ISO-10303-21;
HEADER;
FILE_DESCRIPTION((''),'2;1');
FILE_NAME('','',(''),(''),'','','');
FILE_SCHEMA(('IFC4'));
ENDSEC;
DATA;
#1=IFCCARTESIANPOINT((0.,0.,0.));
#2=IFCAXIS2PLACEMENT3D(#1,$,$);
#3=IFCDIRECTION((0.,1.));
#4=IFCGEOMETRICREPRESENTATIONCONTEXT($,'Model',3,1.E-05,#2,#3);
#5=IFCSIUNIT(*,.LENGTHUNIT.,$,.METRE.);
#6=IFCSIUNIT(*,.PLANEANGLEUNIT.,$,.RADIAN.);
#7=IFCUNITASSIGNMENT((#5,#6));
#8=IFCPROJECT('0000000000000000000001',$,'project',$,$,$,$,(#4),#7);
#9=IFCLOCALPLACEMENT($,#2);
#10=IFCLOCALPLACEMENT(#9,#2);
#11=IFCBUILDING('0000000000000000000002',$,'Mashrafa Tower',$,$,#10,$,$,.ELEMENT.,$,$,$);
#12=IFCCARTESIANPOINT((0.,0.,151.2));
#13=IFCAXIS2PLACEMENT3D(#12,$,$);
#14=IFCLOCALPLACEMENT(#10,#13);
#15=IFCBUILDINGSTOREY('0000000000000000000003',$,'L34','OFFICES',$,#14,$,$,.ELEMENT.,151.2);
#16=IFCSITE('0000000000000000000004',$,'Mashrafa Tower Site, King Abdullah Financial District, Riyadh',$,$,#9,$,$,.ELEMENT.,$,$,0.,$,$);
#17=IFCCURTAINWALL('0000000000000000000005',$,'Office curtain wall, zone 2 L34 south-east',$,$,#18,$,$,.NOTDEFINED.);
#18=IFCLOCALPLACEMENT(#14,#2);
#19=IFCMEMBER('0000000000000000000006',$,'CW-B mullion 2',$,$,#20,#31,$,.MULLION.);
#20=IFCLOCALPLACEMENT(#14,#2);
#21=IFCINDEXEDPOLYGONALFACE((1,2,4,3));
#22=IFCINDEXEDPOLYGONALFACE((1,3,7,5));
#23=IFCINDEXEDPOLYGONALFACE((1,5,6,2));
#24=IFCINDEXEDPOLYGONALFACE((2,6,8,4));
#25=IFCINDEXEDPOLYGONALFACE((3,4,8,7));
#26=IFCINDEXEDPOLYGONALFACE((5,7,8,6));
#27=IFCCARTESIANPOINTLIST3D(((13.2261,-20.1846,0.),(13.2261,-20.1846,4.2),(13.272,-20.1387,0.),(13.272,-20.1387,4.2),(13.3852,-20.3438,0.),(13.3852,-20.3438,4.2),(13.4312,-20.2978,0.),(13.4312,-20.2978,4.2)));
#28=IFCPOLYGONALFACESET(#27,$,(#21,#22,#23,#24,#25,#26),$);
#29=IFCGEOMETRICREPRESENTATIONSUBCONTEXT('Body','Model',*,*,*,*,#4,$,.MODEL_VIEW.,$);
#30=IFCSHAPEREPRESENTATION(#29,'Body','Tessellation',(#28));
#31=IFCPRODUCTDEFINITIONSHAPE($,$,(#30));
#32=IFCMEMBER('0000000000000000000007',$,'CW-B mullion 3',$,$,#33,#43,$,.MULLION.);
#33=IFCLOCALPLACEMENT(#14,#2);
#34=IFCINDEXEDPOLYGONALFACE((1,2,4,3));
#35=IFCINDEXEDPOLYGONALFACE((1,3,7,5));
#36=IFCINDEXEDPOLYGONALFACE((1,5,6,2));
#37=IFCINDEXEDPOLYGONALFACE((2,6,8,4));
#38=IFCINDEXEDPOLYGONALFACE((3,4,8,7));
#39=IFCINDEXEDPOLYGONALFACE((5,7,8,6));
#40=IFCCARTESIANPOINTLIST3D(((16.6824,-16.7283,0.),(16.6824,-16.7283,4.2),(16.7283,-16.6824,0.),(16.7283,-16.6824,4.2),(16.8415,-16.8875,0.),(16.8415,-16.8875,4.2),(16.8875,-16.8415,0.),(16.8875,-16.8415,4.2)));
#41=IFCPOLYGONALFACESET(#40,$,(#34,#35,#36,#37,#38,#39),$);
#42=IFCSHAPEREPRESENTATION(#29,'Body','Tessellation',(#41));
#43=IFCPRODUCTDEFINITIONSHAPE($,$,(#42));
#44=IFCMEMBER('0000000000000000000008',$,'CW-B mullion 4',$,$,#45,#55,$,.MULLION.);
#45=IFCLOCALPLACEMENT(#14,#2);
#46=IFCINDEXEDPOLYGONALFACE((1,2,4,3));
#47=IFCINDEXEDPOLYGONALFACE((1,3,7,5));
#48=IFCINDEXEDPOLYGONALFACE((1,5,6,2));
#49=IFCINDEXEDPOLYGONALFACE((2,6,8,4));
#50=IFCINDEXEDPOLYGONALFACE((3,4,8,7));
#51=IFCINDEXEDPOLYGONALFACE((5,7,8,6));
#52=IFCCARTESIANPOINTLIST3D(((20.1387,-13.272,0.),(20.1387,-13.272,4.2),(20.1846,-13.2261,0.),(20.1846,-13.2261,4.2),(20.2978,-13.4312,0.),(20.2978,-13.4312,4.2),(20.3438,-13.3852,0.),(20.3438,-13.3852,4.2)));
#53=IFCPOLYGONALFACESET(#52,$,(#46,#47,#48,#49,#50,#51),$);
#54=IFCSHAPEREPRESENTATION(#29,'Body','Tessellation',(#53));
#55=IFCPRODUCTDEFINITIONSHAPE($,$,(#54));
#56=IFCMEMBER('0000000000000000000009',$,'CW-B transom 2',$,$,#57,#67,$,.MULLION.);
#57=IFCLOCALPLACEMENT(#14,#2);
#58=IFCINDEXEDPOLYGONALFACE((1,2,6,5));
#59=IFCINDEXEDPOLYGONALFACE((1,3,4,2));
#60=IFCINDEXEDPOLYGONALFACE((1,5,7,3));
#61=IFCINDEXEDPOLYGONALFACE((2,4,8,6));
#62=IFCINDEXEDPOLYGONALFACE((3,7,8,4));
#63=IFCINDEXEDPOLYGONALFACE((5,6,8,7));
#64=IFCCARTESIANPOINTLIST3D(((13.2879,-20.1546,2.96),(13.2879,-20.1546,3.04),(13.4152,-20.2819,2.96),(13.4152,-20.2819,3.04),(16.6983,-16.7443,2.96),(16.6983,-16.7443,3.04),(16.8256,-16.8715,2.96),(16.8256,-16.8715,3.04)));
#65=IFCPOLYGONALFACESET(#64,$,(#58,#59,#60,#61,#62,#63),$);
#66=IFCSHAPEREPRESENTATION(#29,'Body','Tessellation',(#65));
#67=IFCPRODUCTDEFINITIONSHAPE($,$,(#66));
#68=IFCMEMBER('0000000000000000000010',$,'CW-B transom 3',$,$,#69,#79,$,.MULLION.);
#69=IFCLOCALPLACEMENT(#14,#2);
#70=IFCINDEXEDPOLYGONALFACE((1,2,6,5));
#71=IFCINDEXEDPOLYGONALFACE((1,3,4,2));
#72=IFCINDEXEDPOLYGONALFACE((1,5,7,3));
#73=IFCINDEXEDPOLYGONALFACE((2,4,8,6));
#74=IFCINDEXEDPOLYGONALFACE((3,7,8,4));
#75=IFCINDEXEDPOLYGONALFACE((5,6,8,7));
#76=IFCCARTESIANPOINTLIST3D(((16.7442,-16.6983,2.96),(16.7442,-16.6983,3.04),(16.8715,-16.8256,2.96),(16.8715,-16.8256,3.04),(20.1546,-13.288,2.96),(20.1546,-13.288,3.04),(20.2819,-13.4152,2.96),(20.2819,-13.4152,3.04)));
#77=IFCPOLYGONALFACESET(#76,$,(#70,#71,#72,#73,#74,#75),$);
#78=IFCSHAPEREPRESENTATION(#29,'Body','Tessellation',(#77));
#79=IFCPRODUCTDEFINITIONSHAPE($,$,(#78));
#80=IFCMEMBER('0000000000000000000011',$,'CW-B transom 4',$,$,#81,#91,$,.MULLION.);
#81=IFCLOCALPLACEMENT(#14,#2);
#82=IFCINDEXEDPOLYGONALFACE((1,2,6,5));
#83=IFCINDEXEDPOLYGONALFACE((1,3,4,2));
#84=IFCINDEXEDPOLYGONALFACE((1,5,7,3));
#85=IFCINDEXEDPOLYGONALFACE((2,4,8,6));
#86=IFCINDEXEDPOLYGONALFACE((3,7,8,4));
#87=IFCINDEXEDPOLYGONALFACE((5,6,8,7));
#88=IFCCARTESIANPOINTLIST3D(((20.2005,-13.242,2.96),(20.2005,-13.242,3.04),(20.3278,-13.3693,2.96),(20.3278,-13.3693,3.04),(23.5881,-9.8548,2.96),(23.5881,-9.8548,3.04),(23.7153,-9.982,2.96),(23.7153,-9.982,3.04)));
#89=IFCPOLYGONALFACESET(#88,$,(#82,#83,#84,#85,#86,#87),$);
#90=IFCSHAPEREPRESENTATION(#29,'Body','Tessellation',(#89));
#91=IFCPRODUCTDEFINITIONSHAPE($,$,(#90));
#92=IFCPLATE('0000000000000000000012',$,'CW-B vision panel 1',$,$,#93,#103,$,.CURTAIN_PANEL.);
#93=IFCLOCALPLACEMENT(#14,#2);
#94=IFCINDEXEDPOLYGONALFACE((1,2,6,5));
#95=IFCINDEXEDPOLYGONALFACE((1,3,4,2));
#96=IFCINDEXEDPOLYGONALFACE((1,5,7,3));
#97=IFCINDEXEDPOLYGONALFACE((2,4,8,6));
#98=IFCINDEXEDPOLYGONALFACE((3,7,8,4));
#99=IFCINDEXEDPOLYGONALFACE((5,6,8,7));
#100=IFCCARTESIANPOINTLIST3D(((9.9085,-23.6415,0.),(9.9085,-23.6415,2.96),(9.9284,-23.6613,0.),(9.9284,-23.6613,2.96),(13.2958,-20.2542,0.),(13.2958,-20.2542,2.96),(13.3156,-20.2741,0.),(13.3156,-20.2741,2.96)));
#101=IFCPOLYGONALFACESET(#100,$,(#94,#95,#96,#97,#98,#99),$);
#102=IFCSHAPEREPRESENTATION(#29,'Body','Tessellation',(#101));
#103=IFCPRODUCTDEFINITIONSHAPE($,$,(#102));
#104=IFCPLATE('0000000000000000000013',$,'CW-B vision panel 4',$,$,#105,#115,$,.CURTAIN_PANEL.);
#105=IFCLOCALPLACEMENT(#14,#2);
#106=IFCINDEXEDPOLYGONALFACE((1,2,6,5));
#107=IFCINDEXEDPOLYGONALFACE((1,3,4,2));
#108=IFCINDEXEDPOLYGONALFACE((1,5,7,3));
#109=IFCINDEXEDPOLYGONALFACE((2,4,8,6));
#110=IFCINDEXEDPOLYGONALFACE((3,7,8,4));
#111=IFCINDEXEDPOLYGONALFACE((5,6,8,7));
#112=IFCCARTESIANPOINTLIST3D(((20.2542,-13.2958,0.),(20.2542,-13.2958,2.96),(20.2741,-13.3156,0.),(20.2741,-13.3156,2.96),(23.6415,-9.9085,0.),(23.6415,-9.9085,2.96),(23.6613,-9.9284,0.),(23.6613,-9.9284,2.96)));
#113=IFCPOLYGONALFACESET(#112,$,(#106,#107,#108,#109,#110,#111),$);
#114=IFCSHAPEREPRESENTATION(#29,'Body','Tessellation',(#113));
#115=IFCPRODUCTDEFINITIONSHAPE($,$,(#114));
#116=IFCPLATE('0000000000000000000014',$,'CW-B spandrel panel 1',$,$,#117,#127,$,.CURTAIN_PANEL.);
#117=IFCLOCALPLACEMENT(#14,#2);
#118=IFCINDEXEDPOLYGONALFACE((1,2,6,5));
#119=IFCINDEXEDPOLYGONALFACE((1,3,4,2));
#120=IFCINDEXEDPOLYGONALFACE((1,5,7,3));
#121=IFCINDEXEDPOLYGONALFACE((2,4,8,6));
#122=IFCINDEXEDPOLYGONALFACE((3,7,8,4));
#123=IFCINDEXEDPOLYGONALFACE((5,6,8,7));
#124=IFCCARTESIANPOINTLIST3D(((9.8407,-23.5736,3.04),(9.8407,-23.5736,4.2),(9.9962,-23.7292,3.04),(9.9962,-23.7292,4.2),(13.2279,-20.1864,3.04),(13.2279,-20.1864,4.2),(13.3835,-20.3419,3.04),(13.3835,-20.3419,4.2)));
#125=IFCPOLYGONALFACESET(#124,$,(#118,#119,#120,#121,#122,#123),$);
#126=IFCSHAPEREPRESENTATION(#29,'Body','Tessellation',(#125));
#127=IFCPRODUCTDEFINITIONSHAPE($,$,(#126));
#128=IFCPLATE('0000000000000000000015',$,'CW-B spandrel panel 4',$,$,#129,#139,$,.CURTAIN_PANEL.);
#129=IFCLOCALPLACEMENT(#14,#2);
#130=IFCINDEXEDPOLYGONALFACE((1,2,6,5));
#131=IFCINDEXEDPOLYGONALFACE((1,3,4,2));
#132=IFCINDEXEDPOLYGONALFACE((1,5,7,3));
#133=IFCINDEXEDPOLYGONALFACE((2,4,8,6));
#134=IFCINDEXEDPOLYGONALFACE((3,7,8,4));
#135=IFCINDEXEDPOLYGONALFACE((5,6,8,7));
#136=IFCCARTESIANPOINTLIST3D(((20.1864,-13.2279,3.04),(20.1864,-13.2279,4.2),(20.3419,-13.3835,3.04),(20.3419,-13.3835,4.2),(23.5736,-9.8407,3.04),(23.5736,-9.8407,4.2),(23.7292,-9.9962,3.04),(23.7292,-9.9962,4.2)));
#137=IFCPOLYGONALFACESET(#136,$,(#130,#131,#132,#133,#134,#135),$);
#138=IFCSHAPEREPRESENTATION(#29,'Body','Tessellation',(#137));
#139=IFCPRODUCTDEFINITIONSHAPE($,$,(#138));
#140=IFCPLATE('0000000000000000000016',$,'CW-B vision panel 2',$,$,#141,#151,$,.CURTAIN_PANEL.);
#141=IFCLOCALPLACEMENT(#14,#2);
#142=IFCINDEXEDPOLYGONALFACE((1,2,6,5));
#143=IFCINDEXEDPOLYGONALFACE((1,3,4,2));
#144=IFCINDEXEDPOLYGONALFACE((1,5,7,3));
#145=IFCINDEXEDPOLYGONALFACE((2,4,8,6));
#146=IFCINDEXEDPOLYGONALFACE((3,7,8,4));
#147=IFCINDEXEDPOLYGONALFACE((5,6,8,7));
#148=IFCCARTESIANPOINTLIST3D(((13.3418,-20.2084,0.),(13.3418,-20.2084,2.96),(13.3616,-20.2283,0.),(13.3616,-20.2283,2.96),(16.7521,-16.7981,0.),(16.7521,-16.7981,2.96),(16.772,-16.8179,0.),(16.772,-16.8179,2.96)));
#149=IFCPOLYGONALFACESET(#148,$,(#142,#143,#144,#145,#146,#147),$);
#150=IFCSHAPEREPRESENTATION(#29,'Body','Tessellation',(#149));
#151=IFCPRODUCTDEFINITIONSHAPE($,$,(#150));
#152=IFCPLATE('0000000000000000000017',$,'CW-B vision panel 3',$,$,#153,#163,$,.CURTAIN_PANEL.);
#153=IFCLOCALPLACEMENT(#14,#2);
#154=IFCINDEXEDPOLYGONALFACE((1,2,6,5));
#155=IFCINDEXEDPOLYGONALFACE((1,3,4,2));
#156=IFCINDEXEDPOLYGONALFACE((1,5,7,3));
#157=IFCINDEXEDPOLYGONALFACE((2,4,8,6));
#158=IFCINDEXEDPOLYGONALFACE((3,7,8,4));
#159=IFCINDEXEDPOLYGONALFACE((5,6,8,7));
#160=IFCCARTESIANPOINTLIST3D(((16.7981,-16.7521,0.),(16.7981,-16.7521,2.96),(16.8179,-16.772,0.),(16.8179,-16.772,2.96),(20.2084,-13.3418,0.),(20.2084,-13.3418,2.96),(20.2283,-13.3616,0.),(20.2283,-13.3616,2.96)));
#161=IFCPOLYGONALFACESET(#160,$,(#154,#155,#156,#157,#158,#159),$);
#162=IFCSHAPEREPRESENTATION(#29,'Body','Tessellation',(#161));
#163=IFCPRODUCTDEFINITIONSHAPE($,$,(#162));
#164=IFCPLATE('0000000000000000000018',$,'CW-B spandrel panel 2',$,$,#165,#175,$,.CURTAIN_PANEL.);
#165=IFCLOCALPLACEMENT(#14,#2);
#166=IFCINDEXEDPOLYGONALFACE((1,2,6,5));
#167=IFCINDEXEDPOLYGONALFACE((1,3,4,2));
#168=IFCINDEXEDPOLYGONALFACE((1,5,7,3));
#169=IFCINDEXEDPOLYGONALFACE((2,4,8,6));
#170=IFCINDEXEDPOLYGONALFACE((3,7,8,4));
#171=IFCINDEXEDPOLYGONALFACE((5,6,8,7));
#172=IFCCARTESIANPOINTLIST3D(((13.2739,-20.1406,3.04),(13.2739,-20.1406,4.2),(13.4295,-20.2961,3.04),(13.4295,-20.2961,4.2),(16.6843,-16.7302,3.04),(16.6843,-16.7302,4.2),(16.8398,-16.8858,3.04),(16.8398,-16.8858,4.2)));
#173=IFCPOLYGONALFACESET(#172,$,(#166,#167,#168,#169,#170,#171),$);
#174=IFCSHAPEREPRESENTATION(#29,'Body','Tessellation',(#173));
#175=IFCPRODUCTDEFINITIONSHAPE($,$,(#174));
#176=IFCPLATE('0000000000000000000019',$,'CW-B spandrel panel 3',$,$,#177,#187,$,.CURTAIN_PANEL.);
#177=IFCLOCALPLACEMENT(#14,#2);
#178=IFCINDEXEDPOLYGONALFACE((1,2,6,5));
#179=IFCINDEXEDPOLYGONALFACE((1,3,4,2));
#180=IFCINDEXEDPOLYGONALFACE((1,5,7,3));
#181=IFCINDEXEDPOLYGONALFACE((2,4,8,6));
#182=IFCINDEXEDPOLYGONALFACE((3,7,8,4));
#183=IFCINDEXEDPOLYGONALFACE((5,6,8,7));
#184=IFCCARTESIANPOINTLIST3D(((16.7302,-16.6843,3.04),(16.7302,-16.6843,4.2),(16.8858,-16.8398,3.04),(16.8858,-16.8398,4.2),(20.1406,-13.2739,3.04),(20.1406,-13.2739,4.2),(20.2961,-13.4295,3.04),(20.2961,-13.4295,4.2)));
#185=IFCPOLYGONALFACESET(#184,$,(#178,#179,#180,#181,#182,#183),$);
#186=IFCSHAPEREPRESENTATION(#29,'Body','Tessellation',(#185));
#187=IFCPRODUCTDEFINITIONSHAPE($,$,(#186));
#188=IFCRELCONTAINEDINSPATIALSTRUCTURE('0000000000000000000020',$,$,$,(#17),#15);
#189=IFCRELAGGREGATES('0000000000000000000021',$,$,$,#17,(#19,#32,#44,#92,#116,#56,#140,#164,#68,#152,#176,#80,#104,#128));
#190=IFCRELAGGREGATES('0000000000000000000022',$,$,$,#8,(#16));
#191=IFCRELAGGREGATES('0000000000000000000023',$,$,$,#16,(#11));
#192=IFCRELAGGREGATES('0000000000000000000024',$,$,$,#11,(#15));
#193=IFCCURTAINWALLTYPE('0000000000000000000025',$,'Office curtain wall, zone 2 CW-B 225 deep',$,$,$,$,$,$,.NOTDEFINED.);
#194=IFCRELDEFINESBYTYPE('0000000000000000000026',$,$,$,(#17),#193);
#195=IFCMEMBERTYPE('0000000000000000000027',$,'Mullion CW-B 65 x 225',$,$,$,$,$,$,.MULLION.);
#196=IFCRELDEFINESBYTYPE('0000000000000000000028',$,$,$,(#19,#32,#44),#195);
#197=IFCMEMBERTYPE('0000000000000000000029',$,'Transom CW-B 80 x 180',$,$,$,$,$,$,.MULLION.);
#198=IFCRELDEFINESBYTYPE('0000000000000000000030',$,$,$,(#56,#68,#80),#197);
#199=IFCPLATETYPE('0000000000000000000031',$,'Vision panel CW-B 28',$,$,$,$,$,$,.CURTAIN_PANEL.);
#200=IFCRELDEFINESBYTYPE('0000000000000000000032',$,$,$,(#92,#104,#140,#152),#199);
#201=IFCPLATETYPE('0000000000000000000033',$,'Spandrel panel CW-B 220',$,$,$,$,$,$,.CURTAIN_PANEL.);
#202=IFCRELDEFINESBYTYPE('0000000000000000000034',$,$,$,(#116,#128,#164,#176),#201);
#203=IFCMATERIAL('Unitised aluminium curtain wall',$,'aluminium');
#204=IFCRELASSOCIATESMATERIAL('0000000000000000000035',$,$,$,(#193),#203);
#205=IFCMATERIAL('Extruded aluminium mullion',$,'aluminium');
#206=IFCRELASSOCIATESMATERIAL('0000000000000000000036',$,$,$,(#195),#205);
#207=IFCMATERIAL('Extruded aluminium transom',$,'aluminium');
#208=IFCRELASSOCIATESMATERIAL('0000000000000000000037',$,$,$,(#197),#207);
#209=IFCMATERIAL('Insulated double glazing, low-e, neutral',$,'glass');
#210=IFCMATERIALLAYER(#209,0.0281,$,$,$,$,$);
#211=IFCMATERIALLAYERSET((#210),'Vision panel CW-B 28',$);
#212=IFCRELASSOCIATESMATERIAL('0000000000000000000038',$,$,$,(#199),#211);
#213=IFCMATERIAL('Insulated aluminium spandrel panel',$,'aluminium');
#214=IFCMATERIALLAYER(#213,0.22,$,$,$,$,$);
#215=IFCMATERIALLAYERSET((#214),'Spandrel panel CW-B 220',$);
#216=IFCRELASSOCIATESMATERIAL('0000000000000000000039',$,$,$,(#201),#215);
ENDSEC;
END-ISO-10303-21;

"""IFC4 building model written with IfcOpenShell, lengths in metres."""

from ifc_helpers import new_model, si_unit, direction, frame, origin, origin_2d, place, context, subcontext, project, spatial, rectangle, extrude, source, transform, mapped, material, layer, layer_set, material_profile, profile_set, type_object, type_shapes, element, aggregate, save


model = new_model("IFC4")

# Units and contexts
model_context = context("Model", 3, precision=1e-05, world=origin(), true_north=direction((0.0, 1.0)))
body_context = subcontext(model_context, "Body", "Model", "MODEL_VIEW")
ifc_project = project(units=[si_unit("LENGTHUNIT", "METRE"), si_unit("PLANEANGLEUNIT", "RADIAN")], contexts=[model_context])

# Site, building, storey
site_placement = place(None, origin())
site = spatial("IfcSite", under=ifc_project, at=site_placement, Name="Mashrafa Tower Site, King Abdullah Financial District, Riyadh", CompositionType="ELEMENT", RefElevation=0.0)
building_placement = place(site_placement, origin())
building = spatial("IfcBuilding", under=site, at=building_placement, Name="Mashrafa Tower", CompositionType="ELEMENT")
storey_placement = place(building_placement, frame((0.0, 0.0, 151.2)))
storey = spatial("IfcBuildingStorey", under=building, at=storey_placement, Name="L34", Description="OFFICES", CompositionType="ELEMENT", Elevation=151.2)

# Curtain wall, members, plates
ifc_material_1 = material(Name="Unitised aluminium curtain wall", Category="aluminium")
curtain_wall_type = type_object("IfcCurtainWallType", Name="Office curtain wall, zone 2 CW-B 225 deep", PredefinedType="NOTDEFINED", material=ifc_material_1)
curtain_wall_placement = place(storey_placement, origin())
curtain_wall = element("IfcCurtainWall", 1, at=curtain_wall_placement, inside=storey, type_object=curtain_wall_type, Name="Office curtain wall, zone 2 L34 south-east", PredefinedType="NOTDEFINED")
ifc_material_2 = material(Name="Extruded aluminium mullion", Category="aluminium")
ifc_material_profile_1 = material_profile(ifc_material_2, rectangle(XDim=0.2251, YDim=0.0649, at=origin_2d()), Name="Mullion 65x225")
ifc_profile_set_1 = profile_set([ifc_material_profile_1], Name="Extruded aluminium mullion")
member_type_1 = type_object("IfcMemberType", Name="Mullion CW-B 65 x 225", PredefinedType="MULLION", material=ifc_profile_set_1)
shared_shape_1 = source(origin(), body_context, "Body", "SweptSolid", [
    extrude(rectangle(XDim=0.2251, YDim=0.0649, at=origin_2d()), origin(), (0.0, 0.0, 1.0), 4.2),
])
type_shapes(member_type_1, [shared_shape_1])
member_1_placement = place(storey_placement, frame((13.3286, -20.2412, 0.0), z_axis=(0.0, 0.0, 1.0), x_axis=(-0.707107, 0.707107, 0.0)))
member_1 = element("IfcMember", 2, at=member_1_placement, type_object=member_type_1, Name="CW-B mullion 2", PredefinedType="MULLION", context=body_context, shape_type="MappedRepresentation", body=[
    mapped(shared_shape_1, transform((0.0, 0.0, 0.0))),
])
member_2_placement = place(storey_placement, frame((16.7849, -16.7849, 0.0), z_axis=(0.0, 0.0, 1.0), x_axis=(-0.707107, 0.707107, 0.0)))
member_2 = element("IfcMember", 3, at=member_2_placement, type_object=member_type_1, Name="CW-B mullion 3", PredefinedType="MULLION", context=body_context, shape_type="MappedRepresentation", body=[
    mapped(shared_shape_1, transform((0.0, 0.0, 0.0))),
])
member_3_placement = place(storey_placement, frame((20.2412, -13.3286, 0.0), z_axis=(0.0, 0.0, 1.0), x_axis=(-0.707107, 0.707107, 0.0)))
member_3 = element("IfcMember", 4, at=member_3_placement, type_object=member_type_1, Name="CW-B mullion 4", PredefinedType="MULLION", context=body_context, shape_type="MappedRepresentation", body=[
    mapped(shared_shape_1, transform((0.0, 0.0, 0.0))),
])
ifc_material_3 = material(Name="Extruded aluminium transom", Category="aluminium")
ifc_material_profile_2 = material_profile(ifc_material_3, rectangle(XDim=0.1799, YDim=0.0801, at=origin_2d()), Name="Transom 80x180")
ifc_profile_set_2 = profile_set([ifc_material_profile_2], Name="Extruded aluminium transom")
member_type_2 = type_object("IfcMemberType", Name="Transom CW-B 80 x 180", PredefinedType="MULLION", material=ifc_profile_set_2)
shared_shape_2 = source(origin(), body_context, "Body", "SweptSolid", [
    extrude(rectangle(XDim=0.1799, YDim=0.0801, at=origin_2d()), origin(), (0.0, 0.0, 1.0), 4.823),
])
member_4_placement = place(storey_placement, frame((13.3516, -20.2183, 3.0), z_axis=(0.707107, 0.707107, 0.0), x_axis=(-0.707107, 0.707107, 0.0)))
member_4 = element("IfcMember", 5, at=member_4_placement, type_object=member_type_2, Name="CW-B transom 2", PredefinedType="MULLION", context=body_context, shape_type="MappedRepresentation", body=[
    mapped(shared_shape_2, transform((0.0, 0.0, 0.0))),
])
member_5_placement = place(storey_placement, frame((16.8079, -16.762, 3.0), z_axis=(0.707107, 0.707107, 0.0), x_axis=(-0.707107, 0.707107, 0.0)))
member_5 = element("IfcMember", 6, at=member_5_placement, type_object=member_type_2, Name="CW-B transom 3", PredefinedType="MULLION", context=body_context, shape_type="MappedRepresentation", body=[
    mapped(shared_shape_2, transform((0.0, 0.0, 0.0))),
])
shared_shape_3 = source(origin(), body_context, "Body", "SweptSolid", [
    extrude(rectangle(XDim=0.1799, YDim=0.0801, at=origin_2d()), origin(), (0.0, 0.0, 1.0), 4.7905),
])
type_shapes(member_type_2, [shared_shape_2, shared_shape_3])
member_6_placement = place(storey_placement, frame((20.2642, -13.3057, 3.0), z_axis=(0.707132, 0.707081, 0.0), x_axis=(-0.707081, 0.707132, 0.0)))
member_6 = element("IfcMember", 7, at=member_6_placement, type_object=member_type_2, Name="CW-B transom 4", PredefinedType="MULLION", context=body_context, shape_type="MappedRepresentation", body=[
    mapped(shared_shape_3, transform((0.0, 0.0, 0.0))),
])
ifc_material_4 = material(Name="Insulated double glazing, low-e, neutral", Category="glass")
ifc_layer_1 = layer(ifc_material_4, 0.0281)
ifc_layer_set_1 = layer_set([ifc_layer_1], Name="Vision panel CW-B 28")
plate_type_1 = type_object("IfcPlateType", Name="Vision panel CW-B 28", PredefinedType="CURTAIN_PANEL", material=ifc_layer_set_1)
shared_shape_4 = source(origin(), body_context, "Body", "SweptSolid", [
    extrude(rectangle(XDim=4.7903, YDim=0.0281, at=origin_2d()), origin(), (0.0, 0.0, 1.0), 2.96),
])
plate_1_placement = place(storey_placement, frame((11.6121, -21.9578, 0.0), z_axis=(0.0, 0.0, 1.0), x_axis=(0.707107, 0.707107, 0.0)))
plate_1 = element("IfcPlate", 8, at=plate_1_placement, type_object=plate_type_1, Name="CW-B vision panel 1", PredefinedType="CURTAIN_PANEL", context=body_context, shape_type="MappedRepresentation", body=[
    mapped(shared_shape_4, transform((0.0, 0.0, 0.0))),
])
plate_2_placement = place(storey_placement, frame((21.9578, -11.6121, 0.0), z_axis=(0.0, 0.0, 1.0), x_axis=(0.707107, 0.707107, 0.0)))
plate_2 = element("IfcPlate", 9, at=plate_2_placement, type_object=plate_type_1, Name="CW-B vision panel 4", PredefinedType="CURTAIN_PANEL", context=body_context, shape_type="MappedRepresentation", body=[
    mapped(shared_shape_4, transform((0.0, 0.0, 0.0))),
])
ifc_material_5 = material(Name="Insulated aluminium spandrel panel", Category="aluminium")
ifc_layer_2 = layer(ifc_material_5, 0.22)
ifc_layer_set_2 = layer_set([ifc_layer_2], Name="Spandrel panel CW-B 220")
plate_type_2 = type_object("IfcPlateType", Name="Spandrel panel CW-B 220", PredefinedType="CURTAIN_PANEL", material=ifc_layer_set_2)
shared_shape_5 = source(origin(), body_context, "Body", "SweptSolid", [
    extrude(rectangle(XDim=4.7903, YDim=0.22, at=origin_2d()), origin(), (0.0, 0.0, 1.0), 1.1599),
])
plate_3_placement = place(storey_placement, frame((11.6121, -21.9578, 3.04), z_axis=(0.0, 0.0, 1.0), x_axis=(0.707107, 0.707107, 0.0)))
plate_3 = element("IfcPlate", 10, at=plate_3_placement, type_object=plate_type_2, Name="CW-B spandrel panel 1", PredefinedType="CURTAIN_PANEL", context=body_context, shape_type="MappedRepresentation", body=[
    mapped(shared_shape_5, transform((0.0, 0.0, 0.0))),
])
plate_4_placement = place(storey_placement, frame((21.9578, -11.6121, 3.04), z_axis=(0.0, 0.0, 1.0), x_axis=(0.707107, 0.707107, 0.0)))
plate_4 = element("IfcPlate", 11, at=plate_4_placement, type_object=plate_type_2, Name="CW-B spandrel panel 4", PredefinedType="CURTAIN_PANEL", context=body_context, shape_type="MappedRepresentation", body=[
    mapped(shared_shape_5, transform((0.0, 0.0, 0.0))),
])
shared_shape_6 = source(origin(), body_context, "Body", "SweptSolid", [
    extrude(rectangle(XDim=4.823, YDim=0.0281, at=origin_2d()), origin(), (0.0, 0.0, 1.0), 2.96),
])
type_shapes(plate_type_1, [shared_shape_4, shared_shape_6])
plate_5_placement = place(storey_placement, frame((15.0569, -18.5132, 0.0), z_axis=(0.0, 0.0, 1.0), x_axis=(0.707107, 0.707107, 0.0)))
plate_5 = element("IfcPlate", 12, at=plate_5_placement, type_object=plate_type_1, Name="CW-B vision panel 2", PredefinedType="CURTAIN_PANEL", context=body_context, shape_type="MappedRepresentation", body=[
    mapped(shared_shape_6, transform((0.0, 0.0, 0.0))),
])
plate_6_placement = place(storey_placement, frame((18.5132, -15.0569, 0.0), z_axis=(0.0, 0.0, 1.0), x_axis=(0.707107, 0.707107, 0.0)))
plate_6 = element("IfcPlate", 13, at=plate_6_placement, type_object=plate_type_1, Name="CW-B vision panel 3", PredefinedType="CURTAIN_PANEL", context=body_context, shape_type="MappedRepresentation", body=[
    mapped(shared_shape_6, transform((0.0, 0.0, 0.0))),
])
shared_shape_7 = source(origin(), body_context, "Body", "SweptSolid", [
    extrude(rectangle(XDim=4.823, YDim=0.22, at=origin_2d()), origin(), (0.0, 0.0, 1.0), 1.1599),
])
type_shapes(plate_type_2, [shared_shape_5, shared_shape_7])
plate_7_placement = place(storey_placement, frame((15.0569, -18.5132, 3.04), z_axis=(0.0, 0.0, 1.0), x_axis=(0.707107, 0.707107, 0.0)))
plate_7 = element("IfcPlate", 14, at=plate_7_placement, type_object=plate_type_2, Name="CW-B spandrel panel 2", PredefinedType="CURTAIN_PANEL", context=body_context, shape_type="MappedRepresentation", body=[
    mapped(shared_shape_7, transform((0.0, 0.0, 0.0))),
])
plate_8_placement = place(storey_placement, frame((18.5132, -15.0569, 3.04), z_axis=(0.0, 0.0, 1.0), x_axis=(0.707107, 0.707107, 0.0)))
plate_8 = element("IfcPlate", 15, at=plate_8_placement, type_object=plate_type_2, Name="CW-B spandrel panel 3", PredefinedType="CURTAIN_PANEL", context=body_context, shape_type="MappedRepresentation", body=[
    mapped(shared_shape_7, transform((0.0, 0.0, 0.0))),
])
aggregate(curtain_wall, [member_1, member_2, member_3, plate_1, plate_3, member_4, plate_5, plate_7, member_5, plate_6, plate_8, member_6, plate_2, plate_4])

save(model, "model.ifc")
